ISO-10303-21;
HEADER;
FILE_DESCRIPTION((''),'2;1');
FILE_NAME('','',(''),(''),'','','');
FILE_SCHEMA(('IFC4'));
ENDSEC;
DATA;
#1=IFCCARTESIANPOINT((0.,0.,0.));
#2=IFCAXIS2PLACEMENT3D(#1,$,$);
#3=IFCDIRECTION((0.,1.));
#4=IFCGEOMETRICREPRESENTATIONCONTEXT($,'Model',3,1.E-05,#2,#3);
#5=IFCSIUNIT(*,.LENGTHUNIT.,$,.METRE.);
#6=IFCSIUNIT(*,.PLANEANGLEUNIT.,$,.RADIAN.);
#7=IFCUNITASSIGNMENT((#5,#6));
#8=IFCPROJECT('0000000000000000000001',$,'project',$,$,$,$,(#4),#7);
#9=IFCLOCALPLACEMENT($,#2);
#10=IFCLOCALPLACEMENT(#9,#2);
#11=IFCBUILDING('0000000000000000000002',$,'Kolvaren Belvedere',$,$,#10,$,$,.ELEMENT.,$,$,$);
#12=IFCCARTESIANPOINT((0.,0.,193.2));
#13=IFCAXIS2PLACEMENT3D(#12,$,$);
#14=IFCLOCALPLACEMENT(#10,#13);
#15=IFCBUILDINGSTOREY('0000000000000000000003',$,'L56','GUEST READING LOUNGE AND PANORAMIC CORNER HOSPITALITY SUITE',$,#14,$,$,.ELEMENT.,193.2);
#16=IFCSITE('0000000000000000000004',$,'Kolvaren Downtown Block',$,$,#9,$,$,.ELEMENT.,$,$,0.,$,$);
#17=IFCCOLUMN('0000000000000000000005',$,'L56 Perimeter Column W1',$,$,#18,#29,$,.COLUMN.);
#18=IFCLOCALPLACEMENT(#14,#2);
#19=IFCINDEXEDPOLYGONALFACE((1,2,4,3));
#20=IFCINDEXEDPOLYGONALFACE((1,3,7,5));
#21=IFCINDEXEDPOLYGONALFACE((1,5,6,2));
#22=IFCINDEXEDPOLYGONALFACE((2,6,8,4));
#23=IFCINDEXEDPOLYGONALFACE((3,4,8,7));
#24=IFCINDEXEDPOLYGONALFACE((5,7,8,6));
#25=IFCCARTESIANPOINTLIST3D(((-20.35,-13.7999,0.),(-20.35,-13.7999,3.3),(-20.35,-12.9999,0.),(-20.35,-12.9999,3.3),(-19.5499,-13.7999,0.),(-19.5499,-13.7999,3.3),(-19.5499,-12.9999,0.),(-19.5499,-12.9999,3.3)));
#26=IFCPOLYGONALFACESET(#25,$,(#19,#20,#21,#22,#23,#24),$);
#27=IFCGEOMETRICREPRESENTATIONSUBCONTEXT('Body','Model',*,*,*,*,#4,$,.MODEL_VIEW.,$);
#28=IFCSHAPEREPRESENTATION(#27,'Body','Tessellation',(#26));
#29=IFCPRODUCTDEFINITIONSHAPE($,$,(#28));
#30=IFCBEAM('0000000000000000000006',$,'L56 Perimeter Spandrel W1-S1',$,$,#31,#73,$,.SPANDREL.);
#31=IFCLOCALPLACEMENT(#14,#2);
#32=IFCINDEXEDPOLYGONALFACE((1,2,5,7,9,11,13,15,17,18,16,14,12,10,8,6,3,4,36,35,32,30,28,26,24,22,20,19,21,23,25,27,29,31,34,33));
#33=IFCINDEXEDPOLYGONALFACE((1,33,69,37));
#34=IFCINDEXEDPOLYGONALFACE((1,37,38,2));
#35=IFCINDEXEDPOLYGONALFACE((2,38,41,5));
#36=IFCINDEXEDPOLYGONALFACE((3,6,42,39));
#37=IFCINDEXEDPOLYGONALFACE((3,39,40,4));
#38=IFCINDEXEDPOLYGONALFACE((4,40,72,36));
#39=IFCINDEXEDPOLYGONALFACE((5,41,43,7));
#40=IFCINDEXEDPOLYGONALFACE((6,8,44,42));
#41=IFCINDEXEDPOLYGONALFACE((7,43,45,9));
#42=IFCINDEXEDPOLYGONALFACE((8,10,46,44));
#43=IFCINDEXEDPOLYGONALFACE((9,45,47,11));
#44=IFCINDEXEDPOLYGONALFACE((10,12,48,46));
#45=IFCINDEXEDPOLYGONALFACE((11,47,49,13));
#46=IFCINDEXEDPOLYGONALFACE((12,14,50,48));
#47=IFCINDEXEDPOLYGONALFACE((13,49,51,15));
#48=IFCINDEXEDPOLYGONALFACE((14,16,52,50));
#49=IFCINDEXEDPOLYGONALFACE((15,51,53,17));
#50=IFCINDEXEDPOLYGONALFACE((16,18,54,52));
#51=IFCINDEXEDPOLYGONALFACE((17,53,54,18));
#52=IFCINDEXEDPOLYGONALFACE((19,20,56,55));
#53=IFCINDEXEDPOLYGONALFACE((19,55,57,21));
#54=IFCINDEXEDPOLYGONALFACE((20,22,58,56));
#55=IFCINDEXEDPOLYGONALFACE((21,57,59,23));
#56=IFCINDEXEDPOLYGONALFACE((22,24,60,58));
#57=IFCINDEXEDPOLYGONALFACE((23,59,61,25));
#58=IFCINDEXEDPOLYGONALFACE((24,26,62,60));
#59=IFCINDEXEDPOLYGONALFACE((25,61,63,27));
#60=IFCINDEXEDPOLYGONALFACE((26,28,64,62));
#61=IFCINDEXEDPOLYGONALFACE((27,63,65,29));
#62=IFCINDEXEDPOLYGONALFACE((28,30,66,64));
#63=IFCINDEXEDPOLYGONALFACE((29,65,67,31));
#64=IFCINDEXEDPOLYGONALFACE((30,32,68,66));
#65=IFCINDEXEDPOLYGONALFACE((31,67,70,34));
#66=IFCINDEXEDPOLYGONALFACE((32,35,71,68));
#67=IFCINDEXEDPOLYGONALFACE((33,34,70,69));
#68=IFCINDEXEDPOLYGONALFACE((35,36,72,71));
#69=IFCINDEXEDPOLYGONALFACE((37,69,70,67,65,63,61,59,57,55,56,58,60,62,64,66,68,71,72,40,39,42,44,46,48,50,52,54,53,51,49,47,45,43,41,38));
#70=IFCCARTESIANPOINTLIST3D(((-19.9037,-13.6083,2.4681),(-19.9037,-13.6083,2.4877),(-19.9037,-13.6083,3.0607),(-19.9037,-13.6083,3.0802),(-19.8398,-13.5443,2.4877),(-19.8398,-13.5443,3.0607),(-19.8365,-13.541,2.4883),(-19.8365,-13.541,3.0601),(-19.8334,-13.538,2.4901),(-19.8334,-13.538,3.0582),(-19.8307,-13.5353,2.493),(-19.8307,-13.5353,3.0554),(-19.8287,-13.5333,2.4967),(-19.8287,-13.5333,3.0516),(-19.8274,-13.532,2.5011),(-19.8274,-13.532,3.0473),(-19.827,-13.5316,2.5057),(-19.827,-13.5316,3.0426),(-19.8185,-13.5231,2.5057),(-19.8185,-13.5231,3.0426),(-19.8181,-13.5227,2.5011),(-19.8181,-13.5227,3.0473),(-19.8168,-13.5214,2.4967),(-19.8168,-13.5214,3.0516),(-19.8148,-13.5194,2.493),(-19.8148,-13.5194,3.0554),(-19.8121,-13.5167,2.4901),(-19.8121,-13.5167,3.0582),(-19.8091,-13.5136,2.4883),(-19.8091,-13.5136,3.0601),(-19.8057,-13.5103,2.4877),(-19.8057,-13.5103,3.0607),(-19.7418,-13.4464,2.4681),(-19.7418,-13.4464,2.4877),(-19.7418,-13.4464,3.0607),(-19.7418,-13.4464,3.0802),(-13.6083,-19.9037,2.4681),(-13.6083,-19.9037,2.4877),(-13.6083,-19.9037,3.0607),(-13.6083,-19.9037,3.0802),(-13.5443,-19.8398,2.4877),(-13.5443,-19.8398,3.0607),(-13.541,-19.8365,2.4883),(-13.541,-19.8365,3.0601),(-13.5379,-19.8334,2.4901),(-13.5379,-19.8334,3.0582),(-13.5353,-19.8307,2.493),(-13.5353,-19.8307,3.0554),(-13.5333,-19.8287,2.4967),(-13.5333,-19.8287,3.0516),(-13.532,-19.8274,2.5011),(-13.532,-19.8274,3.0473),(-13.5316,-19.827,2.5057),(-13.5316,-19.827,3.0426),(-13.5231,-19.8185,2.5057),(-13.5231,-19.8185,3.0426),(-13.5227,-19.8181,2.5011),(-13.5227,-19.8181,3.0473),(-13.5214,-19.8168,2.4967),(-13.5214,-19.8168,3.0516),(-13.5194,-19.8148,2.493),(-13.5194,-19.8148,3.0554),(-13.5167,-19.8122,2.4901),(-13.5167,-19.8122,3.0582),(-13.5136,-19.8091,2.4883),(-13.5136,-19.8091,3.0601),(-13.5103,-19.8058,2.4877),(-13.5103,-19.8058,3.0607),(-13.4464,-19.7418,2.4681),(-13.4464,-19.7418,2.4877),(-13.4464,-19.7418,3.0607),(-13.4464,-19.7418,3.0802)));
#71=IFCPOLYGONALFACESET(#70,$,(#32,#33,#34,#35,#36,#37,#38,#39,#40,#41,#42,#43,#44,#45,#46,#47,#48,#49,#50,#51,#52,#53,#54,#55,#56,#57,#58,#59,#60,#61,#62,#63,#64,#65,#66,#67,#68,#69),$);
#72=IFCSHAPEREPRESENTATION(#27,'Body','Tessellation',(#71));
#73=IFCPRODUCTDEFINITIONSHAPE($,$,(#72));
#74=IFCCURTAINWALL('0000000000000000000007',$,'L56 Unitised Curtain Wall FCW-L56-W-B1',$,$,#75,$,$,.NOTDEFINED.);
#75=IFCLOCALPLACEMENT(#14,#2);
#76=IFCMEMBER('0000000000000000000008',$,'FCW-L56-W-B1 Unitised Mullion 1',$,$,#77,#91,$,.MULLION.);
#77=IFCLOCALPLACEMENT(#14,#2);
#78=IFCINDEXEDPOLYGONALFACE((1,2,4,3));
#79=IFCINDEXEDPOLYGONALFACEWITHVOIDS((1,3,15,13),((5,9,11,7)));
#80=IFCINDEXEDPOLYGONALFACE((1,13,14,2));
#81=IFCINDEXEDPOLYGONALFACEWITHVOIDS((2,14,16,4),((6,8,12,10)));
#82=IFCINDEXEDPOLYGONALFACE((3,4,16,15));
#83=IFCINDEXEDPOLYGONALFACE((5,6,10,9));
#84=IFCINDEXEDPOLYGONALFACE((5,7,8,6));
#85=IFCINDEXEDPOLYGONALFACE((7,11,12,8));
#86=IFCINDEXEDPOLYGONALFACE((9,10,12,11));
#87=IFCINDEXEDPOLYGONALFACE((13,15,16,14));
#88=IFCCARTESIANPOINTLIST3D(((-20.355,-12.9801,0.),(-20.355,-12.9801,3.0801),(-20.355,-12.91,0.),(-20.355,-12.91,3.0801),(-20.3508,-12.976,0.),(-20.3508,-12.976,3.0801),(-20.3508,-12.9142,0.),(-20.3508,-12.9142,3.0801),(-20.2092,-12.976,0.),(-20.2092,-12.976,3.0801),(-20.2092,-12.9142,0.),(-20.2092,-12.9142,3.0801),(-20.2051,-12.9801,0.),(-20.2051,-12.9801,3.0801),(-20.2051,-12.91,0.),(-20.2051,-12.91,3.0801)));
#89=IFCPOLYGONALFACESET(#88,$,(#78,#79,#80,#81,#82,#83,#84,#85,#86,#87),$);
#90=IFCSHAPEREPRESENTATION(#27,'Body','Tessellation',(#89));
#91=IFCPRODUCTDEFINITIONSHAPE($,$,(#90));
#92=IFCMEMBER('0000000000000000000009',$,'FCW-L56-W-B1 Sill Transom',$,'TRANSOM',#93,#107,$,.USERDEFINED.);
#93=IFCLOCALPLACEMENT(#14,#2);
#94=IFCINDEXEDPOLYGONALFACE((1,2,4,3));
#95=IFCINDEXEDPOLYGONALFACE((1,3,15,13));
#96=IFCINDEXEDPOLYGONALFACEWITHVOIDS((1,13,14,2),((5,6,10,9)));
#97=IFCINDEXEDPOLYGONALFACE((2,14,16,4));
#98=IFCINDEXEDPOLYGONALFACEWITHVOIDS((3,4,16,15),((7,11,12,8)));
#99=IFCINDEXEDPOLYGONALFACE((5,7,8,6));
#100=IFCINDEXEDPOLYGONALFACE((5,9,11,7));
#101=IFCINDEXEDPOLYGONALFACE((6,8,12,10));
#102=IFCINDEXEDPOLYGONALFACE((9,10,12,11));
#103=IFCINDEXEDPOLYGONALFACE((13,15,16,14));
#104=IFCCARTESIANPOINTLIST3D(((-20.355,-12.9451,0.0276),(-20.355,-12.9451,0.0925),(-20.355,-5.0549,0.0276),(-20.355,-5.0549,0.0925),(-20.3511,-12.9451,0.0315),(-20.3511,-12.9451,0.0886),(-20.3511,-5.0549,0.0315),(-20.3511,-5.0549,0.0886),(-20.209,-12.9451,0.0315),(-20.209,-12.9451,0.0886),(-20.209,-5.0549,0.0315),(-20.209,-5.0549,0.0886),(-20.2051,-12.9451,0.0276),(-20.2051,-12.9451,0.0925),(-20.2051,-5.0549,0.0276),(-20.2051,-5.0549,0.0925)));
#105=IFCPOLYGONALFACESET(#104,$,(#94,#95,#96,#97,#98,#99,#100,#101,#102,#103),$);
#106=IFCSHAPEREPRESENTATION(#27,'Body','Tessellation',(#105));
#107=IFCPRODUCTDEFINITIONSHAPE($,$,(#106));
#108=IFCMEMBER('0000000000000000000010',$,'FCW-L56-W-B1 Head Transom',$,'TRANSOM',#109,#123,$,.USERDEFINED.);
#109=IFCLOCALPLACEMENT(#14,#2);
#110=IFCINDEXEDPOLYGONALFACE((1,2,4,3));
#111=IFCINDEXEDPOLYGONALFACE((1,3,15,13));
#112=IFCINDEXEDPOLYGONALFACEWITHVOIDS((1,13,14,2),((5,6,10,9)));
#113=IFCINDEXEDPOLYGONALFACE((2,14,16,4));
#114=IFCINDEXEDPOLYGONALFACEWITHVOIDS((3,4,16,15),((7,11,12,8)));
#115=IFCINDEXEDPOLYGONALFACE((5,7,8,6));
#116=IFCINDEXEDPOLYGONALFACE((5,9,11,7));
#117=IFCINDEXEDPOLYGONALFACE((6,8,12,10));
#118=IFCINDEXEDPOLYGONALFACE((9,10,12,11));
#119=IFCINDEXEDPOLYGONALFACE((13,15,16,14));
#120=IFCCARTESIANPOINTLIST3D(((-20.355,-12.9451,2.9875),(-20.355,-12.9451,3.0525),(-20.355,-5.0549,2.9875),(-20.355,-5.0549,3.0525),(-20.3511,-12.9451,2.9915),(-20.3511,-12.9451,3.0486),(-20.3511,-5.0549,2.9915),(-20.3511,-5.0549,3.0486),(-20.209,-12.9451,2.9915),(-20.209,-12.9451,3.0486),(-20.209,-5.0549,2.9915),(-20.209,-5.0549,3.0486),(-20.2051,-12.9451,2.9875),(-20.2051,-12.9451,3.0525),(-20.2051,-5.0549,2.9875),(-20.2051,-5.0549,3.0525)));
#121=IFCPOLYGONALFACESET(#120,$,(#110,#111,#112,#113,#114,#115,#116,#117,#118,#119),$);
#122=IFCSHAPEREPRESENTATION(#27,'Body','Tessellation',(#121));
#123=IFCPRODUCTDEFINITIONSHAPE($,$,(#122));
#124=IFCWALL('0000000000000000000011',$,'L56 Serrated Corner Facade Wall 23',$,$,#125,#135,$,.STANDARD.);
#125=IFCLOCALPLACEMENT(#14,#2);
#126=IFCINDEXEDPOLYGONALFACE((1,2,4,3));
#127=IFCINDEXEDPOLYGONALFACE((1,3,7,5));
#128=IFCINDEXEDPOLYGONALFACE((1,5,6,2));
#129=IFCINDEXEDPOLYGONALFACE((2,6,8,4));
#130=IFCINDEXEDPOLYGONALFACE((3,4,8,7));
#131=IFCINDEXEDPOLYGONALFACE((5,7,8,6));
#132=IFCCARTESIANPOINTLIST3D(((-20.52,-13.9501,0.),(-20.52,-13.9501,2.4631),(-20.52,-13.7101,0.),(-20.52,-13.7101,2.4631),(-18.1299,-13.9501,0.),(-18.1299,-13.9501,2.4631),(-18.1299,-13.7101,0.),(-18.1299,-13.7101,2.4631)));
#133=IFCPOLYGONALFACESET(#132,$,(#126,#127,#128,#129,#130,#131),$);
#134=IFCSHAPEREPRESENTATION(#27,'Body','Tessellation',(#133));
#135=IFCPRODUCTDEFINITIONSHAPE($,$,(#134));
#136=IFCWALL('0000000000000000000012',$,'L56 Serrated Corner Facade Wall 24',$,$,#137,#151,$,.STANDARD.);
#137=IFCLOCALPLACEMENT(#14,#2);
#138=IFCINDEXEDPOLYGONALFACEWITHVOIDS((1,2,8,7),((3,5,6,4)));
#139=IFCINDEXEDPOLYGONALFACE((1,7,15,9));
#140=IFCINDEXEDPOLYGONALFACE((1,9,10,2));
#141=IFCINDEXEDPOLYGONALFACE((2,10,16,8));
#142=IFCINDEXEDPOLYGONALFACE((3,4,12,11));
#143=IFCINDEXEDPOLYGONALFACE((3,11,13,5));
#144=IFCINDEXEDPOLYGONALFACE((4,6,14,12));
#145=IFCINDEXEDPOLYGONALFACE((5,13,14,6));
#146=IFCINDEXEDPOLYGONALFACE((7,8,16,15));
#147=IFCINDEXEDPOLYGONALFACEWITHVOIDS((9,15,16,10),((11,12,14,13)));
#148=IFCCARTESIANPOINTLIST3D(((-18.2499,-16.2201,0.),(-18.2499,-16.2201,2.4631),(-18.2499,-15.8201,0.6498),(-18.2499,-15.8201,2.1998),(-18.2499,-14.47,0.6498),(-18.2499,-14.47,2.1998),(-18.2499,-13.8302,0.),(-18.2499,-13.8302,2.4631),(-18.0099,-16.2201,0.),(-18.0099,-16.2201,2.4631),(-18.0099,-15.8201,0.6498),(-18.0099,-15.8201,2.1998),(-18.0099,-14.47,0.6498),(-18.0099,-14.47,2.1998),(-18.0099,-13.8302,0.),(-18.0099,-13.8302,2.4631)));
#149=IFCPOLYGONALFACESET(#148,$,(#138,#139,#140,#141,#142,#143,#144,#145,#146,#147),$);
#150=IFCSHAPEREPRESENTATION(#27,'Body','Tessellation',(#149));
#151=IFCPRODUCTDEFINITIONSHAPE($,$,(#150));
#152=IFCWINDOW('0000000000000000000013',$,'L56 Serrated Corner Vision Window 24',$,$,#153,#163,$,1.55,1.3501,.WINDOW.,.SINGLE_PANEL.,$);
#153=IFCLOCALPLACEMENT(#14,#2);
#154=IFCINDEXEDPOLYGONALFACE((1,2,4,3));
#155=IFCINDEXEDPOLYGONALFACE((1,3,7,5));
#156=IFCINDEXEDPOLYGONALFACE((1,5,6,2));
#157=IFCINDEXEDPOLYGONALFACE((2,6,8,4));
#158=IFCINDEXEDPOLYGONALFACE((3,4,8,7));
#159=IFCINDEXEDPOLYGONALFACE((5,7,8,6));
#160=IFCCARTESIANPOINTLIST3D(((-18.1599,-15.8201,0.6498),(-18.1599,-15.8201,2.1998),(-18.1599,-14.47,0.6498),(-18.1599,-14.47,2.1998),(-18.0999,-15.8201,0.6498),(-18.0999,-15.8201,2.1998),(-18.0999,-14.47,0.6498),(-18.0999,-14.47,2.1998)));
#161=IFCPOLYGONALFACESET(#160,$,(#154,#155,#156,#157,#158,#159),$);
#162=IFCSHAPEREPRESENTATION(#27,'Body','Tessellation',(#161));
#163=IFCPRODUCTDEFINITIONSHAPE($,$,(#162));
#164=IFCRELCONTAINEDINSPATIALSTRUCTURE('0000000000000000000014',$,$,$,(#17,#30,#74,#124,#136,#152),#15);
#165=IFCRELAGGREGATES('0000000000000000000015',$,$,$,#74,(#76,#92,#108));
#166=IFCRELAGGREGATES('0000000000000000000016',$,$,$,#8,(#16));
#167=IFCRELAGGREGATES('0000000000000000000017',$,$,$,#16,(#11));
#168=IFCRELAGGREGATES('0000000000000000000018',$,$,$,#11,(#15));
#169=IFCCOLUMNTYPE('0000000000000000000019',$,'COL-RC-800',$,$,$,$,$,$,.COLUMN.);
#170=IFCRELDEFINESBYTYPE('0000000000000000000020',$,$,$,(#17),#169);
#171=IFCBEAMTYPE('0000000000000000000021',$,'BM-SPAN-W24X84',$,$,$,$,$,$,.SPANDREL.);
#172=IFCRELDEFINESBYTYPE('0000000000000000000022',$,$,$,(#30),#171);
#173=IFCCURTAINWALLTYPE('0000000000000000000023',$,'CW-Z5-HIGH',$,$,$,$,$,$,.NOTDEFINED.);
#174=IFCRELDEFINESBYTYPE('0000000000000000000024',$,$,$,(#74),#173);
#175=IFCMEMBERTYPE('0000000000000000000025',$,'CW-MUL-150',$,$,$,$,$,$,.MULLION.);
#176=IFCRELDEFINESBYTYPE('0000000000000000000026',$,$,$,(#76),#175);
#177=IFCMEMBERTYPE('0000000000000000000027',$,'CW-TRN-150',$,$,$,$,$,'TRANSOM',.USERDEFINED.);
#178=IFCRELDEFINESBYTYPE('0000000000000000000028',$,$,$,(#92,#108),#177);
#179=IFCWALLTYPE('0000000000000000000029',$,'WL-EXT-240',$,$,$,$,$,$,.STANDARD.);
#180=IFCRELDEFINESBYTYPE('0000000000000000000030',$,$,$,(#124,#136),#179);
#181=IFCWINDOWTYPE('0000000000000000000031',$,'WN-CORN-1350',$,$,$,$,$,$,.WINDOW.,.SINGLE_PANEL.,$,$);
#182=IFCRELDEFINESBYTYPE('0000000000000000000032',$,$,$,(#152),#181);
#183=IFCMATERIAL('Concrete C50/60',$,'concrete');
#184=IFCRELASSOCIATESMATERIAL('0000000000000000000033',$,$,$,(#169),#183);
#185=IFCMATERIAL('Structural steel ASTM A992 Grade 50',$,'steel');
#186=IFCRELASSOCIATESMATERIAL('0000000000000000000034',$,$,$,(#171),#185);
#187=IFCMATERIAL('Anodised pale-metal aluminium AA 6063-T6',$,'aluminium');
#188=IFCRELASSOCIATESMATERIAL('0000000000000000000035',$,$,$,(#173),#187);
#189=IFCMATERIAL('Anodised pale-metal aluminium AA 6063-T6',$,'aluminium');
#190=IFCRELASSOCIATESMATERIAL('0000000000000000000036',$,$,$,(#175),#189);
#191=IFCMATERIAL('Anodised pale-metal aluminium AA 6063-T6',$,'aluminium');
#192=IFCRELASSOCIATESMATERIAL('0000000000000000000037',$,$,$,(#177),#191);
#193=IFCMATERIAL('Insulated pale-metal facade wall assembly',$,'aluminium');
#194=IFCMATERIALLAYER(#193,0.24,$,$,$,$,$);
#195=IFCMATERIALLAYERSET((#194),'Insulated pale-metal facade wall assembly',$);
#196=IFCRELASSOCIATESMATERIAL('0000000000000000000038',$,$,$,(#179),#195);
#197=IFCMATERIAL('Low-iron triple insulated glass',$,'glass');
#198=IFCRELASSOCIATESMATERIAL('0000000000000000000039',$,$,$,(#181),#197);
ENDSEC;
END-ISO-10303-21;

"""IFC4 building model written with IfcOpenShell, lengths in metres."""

from ifc_helpers import new_model, si_unit, direction, frame, frame_2d, origin, origin_2d, place, context, subcontext, project, spatial, rectangle, hollow_rectangle, i_section, extrude, material, layer, layer_set, material_profile, profile_set, type_object, element, fill, aggregate, save


model = new_model("IFC4")

# Units and contexts
model_context = context("Model", 3, precision=1e-05, world=origin(), true_north=direction((0.0, 1.0)))
body_context = subcontext(model_context, "Body", "Model", "MODEL_VIEW")
ifc_project = project(units=[si_unit("LENGTHUNIT", "METRE"), si_unit("PLANEANGLEUNIT", "RADIAN")], contexts=[model_context])

# Site, building, storey
site_placement = place(None, origin())
site = spatial("IfcSite", under=ifc_project, at=site_placement, Name="Kolvaren Downtown Block", CompositionType="ELEMENT", RefElevation=0.0)
building_placement = place(site_placement, origin())
building = spatial("IfcBuilding", under=site, at=building_placement, Name="Kolvaren Belvedere", CompositionType="ELEMENT")
storey_placement = place(building_placement, frame((0.0, 0.0, 193.2)))
storey = spatial("IfcBuildingStorey", under=building, at=storey_placement, Name="L56", Description="GUEST READING LOUNGE AND PANORAMIC CORNER HOSPITALITY SUITE", CompositionType="ELEMENT", Elevation=193.2)

# Column
ifc_material_1 = material(Name="Concrete C50/60", Category="concrete")
ifc_material_profile_1 = material_profile(ifc_material_1, rectangle(XDim=0.8, YDim=0.8, at=origin_2d()), Name="RC 800X800")
ifc_profile_set_1 = profile_set([ifc_material_profile_1], Name="Concrete C50/60")
column_type = type_object("IfcColumnType", Name="COL-RC-800", PredefinedType="COLUMN", material=ifc_profile_set_1)
column_placement = place(storey_placement, frame((-19.95, -13.3999, 0.0), z_axis=(0.0, 0.0, 1.0), x_axis=(1.0, 0.0, 0.0)))
element("IfcColumn", 1, at=column_placement, inside=storey, type_object=column_type, Name="L56 Perimeter Column W1", PredefinedType="COLUMN", context=body_context, shape_type="SweptSolid", body=[
    extrude(rectangle(XDim=0.8, YDim=0.8, at=origin_2d()), origin(), (0.0, 0.0, 1.0), 3.3),
])

# Beam
ifc_material_2 = material(Name="Structural steel ASTM A992 Grade 50", Category="steel")
ifc_material_profile_2 = material_profile(ifc_material_2, i_section(OverallWidth=0.229, OverallDepth=0.6121, WebThickness=0.012, FlangeThickness=0.0195, FilletRadius=0.0181, at=origin_2d()), Name="W24X84")
ifc_profile_set_2 = profile_set([ifc_material_profile_2], Name="Structural steel ASTM A992 Grade 50")
beam_type = type_object("IfcBeamType", Name="BM-SPAN-W24X84", PredefinedType="SPANDREL", material=ifc_profile_set_2)
beam_placement = place(storey_placement, frame((-19.8228, -13.5273, 2.7742), z_axis=(0.707107, -0.707107, 0.0), x_axis=(0.707107, 0.707107, 0.0)))
element("IfcBeam", 2, at=beam_placement, inside=storey, type_object=beam_type, Name="L56 Perimeter Spandrel W1-S1", PredefinedType="SPANDREL", context=body_context, shape_type="SweptSolid", body=[
    extrude(i_section(OverallWidth=0.229, OverallDepth=0.6121, WebThickness=0.012, FlangeThickness=0.0195, FilletRadius=0.0181, at=origin_2d()), origin(), (0.0, 0.0, 1.0), 8.9031),
])

# Curtain wall, members
ifc_material_3 = material(Name="Anodised pale-metal aluminium AA 6063-T6", Category="aluminium")
curtain_wall_type = type_object("IfcCurtainWallType", Name="CW-Z5-HIGH", PredefinedType="NOTDEFINED", material=ifc_material_3)
curtain_wall_placement = place(storey_placement, origin())
curtain_wall = element("IfcCurtainWall", 3, at=curtain_wall_placement, inside=storey, type_object=curtain_wall_type, Name="L56 Unitised Curtain Wall FCW-L56-W-B1", PredefinedType="NOTDEFINED")
ifc_material_4 = material(Name="Anodised pale-metal aluminium AA 6063-T6", Category="aluminium")
ifc_material_profile_3 = material_profile(ifc_material_4, hollow_rectangle(XDim=0.0701, YDim=0.1499, WallThickness=0.0042, at=origin_2d()), Name="ALU-MUL-150X70")
ifc_profile_set_3 = profile_set([ifc_material_profile_3], Name="Anodised pale-metal aluminium AA 6063-T6")
member_type_1 = type_object("IfcMemberType", Name="CW-MUL-150", PredefinedType="MULLION", material=ifc_profile_set_3)
member_1_placement = place(storey_placement, frame((-20.28, -12.9451, 0.0), z_axis=(0.0, 0.0, 1.0), x_axis=(0.0, 1.0, 0.0)))
member_1 = element("IfcMember", 4, at=member_1_placement, type_object=member_type_1, Name="FCW-L56-W-B1 Unitised Mullion 1", PredefinedType="MULLION", context=body_context, shape_type="SweptSolid", body=[
    extrude(hollow_rectangle(XDim=0.0701, YDim=0.1499, WallThickness=0.0042, at=origin_2d()), origin(), (0.0, 0.0, 1.0), 3.0801),
])
ifc_material_5 = material(Name="Anodised pale-metal aluminium AA 6063-T6", Category="aluminium")
ifc_material_profile_4 = material_profile(ifc_material_5, hollow_rectangle(XDim=0.0649, YDim=0.1499, WallThickness=0.0039, at=origin_2d()), Name="ALU-TRN-150X65")
ifc_profile_set_4 = profile_set([ifc_material_profile_4], Name="Anodised pale-metal aluminium AA 6063-T6")
member_type_2 = type_object("IfcMemberType", Name="CW-TRN-150", ElementType="TRANSOM", PredefinedType="USERDEFINED", material=ifc_profile_set_4)
member_2_placement = place(storey_placement, frame((-20.28, -12.9451, 0.0601), z_axis=(0.0, 1.0, 0.0), x_axis=(0.0, 0.0, 1.0)))
member_2 = element("IfcMember", 5, at=member_2_placement, type_object=member_type_2, Name="FCW-L56-W-B1 Sill Transom", ObjectType="TRANSOM", PredefinedType="USERDEFINED", context=body_context, shape_type="SweptSolid", body=[
    extrude(hollow_rectangle(XDim=0.0649, YDim=0.1499, WallThickness=0.0039, at=origin_2d()), origin(), (0.0, 0.0, 1.0), 7.8901),
])
member_3_placement = place(storey_placement, frame((-20.28, -12.9451, 3.02), z_axis=(0.0, 1.0, 0.0), x_axis=(0.0, 0.0, 1.0)))
member_3 = element("IfcMember", 6, at=member_3_placement, type_object=member_type_2, Name="FCW-L56-W-B1 Head Transom", ObjectType="TRANSOM", PredefinedType="USERDEFINED", context=body_context, shape_type="SweptSolid", body=[
    extrude(hollow_rectangle(XDim=0.0649, YDim=0.1499, WallThickness=0.0039, at=origin_2d()), origin(), (0.0, 0.0, 1.0), 7.8901),
])
aggregate(curtain_wall, [member_1, member_2, member_3])

# Wall
ifc_material_6 = material(Name="Insulated pale-metal facade wall assembly", Category="aluminium")
ifc_layer_1 = layer(ifc_material_6, 0.24)
ifc_layer_set_1 = layer_set([ifc_layer_1], Name="Insulated pale-metal facade wall assembly")
wall_type_1 = type_object("IfcWallType", Name="WL-EXT-240", PredefinedType="STANDARD", material=ifc_layer_set_1)
wall_1_placement = place(storey_placement, frame((-18.1299, -13.8301, 0.0), z_axis=(0.0, 0.0, 1.0), x_axis=(-1.0, 0.0, 0.0)))
element("IfcWall", 7, at=wall_1_placement, inside=storey, type_object=wall_type_1, Name="L56 Serrated Corner Facade Wall 23", PredefinedType="STANDARD", context=body_context, shape_type="SweptSolid", body=[
    extrude(rectangle(XDim=2.3901, YDim=0.24, at=frame_2d((1.1951, 0.0))), origin(), (0.0, 0.0, 1.0), 2.4631),
])

# Wall, opening, window
wall_2_placement = place(storey_placement, frame((-18.1299, -16.22, 0.0), z_axis=(0.0, 0.0, 1.0), x_axis=(0.0, 1.0, 0.0)))
wall_2 = element("IfcWall", 8, at=wall_2_placement, inside=storey, type_object=wall_type_1, Name="L56 Serrated Corner Facade Wall 24", PredefinedType="STANDARD", context=body_context, shape_type="SweptSolid", body=[
    extrude(rectangle(XDim=2.3899, YDim=0.24, at=frame_2d((1.1948, 0.0))), origin(), (0.0, 0.0, 1.0), 2.4631),
])
opening_1_placement = place(wall_2_placement, frame((0.3999, 0.0, 0.6499)))
opening_1 = element("IfcOpeningElement", 9, at=opening_1_placement, cuts=wall_2, PredefinedType="OPENING", context=body_context, shape_type="SweptSolid", body=[
    extrude(rectangle(XDim=1.3501, YDim=1.55, at=frame_2d((0.675, 0.7749))), frame((0.0, 0.1299, 0.0), z_axis=(0.0, -1.0, 0.0), x_axis=(1.0, 0.0, 0.0)), (0.0, 0.0, 1.0), 0.26),
])
ifc_material_7 = material(Name="Low-iron triple insulated glass", Category="glass")
window_type_1 = type_object("IfcWindowType", Name="WN-CORN-1350", PartitioningType="SINGLE_PANEL", PredefinedType="WINDOW", material=ifc_material_7)
window_1_placement = place(opening_1_placement, origin())
window_1 = element("IfcWindow", 10, at=window_1_placement, inside=storey, type_object=window_type_1, Name="L56 Serrated Corner Vision Window 24", OverallHeight=1.55, OverallWidth=1.3501, PartitioningType="SINGLE_PANEL", PredefinedType="WINDOW", context=body_context, shape_type="SweptSolid", body=[
    extrude(rectangle(XDim=1.3501, YDim=1.55, at=frame_2d((0.675, 0.7749))), frame((0.0, 0.03, 0.0), z_axis=(0.0, -1.0, 0.0), x_axis=(1.0, 0.0, 0.0)), (0.0, 0.0, 1.0), 0.0601),
])
fill(opening_1, window_1)

save(model, "model.ifc")
